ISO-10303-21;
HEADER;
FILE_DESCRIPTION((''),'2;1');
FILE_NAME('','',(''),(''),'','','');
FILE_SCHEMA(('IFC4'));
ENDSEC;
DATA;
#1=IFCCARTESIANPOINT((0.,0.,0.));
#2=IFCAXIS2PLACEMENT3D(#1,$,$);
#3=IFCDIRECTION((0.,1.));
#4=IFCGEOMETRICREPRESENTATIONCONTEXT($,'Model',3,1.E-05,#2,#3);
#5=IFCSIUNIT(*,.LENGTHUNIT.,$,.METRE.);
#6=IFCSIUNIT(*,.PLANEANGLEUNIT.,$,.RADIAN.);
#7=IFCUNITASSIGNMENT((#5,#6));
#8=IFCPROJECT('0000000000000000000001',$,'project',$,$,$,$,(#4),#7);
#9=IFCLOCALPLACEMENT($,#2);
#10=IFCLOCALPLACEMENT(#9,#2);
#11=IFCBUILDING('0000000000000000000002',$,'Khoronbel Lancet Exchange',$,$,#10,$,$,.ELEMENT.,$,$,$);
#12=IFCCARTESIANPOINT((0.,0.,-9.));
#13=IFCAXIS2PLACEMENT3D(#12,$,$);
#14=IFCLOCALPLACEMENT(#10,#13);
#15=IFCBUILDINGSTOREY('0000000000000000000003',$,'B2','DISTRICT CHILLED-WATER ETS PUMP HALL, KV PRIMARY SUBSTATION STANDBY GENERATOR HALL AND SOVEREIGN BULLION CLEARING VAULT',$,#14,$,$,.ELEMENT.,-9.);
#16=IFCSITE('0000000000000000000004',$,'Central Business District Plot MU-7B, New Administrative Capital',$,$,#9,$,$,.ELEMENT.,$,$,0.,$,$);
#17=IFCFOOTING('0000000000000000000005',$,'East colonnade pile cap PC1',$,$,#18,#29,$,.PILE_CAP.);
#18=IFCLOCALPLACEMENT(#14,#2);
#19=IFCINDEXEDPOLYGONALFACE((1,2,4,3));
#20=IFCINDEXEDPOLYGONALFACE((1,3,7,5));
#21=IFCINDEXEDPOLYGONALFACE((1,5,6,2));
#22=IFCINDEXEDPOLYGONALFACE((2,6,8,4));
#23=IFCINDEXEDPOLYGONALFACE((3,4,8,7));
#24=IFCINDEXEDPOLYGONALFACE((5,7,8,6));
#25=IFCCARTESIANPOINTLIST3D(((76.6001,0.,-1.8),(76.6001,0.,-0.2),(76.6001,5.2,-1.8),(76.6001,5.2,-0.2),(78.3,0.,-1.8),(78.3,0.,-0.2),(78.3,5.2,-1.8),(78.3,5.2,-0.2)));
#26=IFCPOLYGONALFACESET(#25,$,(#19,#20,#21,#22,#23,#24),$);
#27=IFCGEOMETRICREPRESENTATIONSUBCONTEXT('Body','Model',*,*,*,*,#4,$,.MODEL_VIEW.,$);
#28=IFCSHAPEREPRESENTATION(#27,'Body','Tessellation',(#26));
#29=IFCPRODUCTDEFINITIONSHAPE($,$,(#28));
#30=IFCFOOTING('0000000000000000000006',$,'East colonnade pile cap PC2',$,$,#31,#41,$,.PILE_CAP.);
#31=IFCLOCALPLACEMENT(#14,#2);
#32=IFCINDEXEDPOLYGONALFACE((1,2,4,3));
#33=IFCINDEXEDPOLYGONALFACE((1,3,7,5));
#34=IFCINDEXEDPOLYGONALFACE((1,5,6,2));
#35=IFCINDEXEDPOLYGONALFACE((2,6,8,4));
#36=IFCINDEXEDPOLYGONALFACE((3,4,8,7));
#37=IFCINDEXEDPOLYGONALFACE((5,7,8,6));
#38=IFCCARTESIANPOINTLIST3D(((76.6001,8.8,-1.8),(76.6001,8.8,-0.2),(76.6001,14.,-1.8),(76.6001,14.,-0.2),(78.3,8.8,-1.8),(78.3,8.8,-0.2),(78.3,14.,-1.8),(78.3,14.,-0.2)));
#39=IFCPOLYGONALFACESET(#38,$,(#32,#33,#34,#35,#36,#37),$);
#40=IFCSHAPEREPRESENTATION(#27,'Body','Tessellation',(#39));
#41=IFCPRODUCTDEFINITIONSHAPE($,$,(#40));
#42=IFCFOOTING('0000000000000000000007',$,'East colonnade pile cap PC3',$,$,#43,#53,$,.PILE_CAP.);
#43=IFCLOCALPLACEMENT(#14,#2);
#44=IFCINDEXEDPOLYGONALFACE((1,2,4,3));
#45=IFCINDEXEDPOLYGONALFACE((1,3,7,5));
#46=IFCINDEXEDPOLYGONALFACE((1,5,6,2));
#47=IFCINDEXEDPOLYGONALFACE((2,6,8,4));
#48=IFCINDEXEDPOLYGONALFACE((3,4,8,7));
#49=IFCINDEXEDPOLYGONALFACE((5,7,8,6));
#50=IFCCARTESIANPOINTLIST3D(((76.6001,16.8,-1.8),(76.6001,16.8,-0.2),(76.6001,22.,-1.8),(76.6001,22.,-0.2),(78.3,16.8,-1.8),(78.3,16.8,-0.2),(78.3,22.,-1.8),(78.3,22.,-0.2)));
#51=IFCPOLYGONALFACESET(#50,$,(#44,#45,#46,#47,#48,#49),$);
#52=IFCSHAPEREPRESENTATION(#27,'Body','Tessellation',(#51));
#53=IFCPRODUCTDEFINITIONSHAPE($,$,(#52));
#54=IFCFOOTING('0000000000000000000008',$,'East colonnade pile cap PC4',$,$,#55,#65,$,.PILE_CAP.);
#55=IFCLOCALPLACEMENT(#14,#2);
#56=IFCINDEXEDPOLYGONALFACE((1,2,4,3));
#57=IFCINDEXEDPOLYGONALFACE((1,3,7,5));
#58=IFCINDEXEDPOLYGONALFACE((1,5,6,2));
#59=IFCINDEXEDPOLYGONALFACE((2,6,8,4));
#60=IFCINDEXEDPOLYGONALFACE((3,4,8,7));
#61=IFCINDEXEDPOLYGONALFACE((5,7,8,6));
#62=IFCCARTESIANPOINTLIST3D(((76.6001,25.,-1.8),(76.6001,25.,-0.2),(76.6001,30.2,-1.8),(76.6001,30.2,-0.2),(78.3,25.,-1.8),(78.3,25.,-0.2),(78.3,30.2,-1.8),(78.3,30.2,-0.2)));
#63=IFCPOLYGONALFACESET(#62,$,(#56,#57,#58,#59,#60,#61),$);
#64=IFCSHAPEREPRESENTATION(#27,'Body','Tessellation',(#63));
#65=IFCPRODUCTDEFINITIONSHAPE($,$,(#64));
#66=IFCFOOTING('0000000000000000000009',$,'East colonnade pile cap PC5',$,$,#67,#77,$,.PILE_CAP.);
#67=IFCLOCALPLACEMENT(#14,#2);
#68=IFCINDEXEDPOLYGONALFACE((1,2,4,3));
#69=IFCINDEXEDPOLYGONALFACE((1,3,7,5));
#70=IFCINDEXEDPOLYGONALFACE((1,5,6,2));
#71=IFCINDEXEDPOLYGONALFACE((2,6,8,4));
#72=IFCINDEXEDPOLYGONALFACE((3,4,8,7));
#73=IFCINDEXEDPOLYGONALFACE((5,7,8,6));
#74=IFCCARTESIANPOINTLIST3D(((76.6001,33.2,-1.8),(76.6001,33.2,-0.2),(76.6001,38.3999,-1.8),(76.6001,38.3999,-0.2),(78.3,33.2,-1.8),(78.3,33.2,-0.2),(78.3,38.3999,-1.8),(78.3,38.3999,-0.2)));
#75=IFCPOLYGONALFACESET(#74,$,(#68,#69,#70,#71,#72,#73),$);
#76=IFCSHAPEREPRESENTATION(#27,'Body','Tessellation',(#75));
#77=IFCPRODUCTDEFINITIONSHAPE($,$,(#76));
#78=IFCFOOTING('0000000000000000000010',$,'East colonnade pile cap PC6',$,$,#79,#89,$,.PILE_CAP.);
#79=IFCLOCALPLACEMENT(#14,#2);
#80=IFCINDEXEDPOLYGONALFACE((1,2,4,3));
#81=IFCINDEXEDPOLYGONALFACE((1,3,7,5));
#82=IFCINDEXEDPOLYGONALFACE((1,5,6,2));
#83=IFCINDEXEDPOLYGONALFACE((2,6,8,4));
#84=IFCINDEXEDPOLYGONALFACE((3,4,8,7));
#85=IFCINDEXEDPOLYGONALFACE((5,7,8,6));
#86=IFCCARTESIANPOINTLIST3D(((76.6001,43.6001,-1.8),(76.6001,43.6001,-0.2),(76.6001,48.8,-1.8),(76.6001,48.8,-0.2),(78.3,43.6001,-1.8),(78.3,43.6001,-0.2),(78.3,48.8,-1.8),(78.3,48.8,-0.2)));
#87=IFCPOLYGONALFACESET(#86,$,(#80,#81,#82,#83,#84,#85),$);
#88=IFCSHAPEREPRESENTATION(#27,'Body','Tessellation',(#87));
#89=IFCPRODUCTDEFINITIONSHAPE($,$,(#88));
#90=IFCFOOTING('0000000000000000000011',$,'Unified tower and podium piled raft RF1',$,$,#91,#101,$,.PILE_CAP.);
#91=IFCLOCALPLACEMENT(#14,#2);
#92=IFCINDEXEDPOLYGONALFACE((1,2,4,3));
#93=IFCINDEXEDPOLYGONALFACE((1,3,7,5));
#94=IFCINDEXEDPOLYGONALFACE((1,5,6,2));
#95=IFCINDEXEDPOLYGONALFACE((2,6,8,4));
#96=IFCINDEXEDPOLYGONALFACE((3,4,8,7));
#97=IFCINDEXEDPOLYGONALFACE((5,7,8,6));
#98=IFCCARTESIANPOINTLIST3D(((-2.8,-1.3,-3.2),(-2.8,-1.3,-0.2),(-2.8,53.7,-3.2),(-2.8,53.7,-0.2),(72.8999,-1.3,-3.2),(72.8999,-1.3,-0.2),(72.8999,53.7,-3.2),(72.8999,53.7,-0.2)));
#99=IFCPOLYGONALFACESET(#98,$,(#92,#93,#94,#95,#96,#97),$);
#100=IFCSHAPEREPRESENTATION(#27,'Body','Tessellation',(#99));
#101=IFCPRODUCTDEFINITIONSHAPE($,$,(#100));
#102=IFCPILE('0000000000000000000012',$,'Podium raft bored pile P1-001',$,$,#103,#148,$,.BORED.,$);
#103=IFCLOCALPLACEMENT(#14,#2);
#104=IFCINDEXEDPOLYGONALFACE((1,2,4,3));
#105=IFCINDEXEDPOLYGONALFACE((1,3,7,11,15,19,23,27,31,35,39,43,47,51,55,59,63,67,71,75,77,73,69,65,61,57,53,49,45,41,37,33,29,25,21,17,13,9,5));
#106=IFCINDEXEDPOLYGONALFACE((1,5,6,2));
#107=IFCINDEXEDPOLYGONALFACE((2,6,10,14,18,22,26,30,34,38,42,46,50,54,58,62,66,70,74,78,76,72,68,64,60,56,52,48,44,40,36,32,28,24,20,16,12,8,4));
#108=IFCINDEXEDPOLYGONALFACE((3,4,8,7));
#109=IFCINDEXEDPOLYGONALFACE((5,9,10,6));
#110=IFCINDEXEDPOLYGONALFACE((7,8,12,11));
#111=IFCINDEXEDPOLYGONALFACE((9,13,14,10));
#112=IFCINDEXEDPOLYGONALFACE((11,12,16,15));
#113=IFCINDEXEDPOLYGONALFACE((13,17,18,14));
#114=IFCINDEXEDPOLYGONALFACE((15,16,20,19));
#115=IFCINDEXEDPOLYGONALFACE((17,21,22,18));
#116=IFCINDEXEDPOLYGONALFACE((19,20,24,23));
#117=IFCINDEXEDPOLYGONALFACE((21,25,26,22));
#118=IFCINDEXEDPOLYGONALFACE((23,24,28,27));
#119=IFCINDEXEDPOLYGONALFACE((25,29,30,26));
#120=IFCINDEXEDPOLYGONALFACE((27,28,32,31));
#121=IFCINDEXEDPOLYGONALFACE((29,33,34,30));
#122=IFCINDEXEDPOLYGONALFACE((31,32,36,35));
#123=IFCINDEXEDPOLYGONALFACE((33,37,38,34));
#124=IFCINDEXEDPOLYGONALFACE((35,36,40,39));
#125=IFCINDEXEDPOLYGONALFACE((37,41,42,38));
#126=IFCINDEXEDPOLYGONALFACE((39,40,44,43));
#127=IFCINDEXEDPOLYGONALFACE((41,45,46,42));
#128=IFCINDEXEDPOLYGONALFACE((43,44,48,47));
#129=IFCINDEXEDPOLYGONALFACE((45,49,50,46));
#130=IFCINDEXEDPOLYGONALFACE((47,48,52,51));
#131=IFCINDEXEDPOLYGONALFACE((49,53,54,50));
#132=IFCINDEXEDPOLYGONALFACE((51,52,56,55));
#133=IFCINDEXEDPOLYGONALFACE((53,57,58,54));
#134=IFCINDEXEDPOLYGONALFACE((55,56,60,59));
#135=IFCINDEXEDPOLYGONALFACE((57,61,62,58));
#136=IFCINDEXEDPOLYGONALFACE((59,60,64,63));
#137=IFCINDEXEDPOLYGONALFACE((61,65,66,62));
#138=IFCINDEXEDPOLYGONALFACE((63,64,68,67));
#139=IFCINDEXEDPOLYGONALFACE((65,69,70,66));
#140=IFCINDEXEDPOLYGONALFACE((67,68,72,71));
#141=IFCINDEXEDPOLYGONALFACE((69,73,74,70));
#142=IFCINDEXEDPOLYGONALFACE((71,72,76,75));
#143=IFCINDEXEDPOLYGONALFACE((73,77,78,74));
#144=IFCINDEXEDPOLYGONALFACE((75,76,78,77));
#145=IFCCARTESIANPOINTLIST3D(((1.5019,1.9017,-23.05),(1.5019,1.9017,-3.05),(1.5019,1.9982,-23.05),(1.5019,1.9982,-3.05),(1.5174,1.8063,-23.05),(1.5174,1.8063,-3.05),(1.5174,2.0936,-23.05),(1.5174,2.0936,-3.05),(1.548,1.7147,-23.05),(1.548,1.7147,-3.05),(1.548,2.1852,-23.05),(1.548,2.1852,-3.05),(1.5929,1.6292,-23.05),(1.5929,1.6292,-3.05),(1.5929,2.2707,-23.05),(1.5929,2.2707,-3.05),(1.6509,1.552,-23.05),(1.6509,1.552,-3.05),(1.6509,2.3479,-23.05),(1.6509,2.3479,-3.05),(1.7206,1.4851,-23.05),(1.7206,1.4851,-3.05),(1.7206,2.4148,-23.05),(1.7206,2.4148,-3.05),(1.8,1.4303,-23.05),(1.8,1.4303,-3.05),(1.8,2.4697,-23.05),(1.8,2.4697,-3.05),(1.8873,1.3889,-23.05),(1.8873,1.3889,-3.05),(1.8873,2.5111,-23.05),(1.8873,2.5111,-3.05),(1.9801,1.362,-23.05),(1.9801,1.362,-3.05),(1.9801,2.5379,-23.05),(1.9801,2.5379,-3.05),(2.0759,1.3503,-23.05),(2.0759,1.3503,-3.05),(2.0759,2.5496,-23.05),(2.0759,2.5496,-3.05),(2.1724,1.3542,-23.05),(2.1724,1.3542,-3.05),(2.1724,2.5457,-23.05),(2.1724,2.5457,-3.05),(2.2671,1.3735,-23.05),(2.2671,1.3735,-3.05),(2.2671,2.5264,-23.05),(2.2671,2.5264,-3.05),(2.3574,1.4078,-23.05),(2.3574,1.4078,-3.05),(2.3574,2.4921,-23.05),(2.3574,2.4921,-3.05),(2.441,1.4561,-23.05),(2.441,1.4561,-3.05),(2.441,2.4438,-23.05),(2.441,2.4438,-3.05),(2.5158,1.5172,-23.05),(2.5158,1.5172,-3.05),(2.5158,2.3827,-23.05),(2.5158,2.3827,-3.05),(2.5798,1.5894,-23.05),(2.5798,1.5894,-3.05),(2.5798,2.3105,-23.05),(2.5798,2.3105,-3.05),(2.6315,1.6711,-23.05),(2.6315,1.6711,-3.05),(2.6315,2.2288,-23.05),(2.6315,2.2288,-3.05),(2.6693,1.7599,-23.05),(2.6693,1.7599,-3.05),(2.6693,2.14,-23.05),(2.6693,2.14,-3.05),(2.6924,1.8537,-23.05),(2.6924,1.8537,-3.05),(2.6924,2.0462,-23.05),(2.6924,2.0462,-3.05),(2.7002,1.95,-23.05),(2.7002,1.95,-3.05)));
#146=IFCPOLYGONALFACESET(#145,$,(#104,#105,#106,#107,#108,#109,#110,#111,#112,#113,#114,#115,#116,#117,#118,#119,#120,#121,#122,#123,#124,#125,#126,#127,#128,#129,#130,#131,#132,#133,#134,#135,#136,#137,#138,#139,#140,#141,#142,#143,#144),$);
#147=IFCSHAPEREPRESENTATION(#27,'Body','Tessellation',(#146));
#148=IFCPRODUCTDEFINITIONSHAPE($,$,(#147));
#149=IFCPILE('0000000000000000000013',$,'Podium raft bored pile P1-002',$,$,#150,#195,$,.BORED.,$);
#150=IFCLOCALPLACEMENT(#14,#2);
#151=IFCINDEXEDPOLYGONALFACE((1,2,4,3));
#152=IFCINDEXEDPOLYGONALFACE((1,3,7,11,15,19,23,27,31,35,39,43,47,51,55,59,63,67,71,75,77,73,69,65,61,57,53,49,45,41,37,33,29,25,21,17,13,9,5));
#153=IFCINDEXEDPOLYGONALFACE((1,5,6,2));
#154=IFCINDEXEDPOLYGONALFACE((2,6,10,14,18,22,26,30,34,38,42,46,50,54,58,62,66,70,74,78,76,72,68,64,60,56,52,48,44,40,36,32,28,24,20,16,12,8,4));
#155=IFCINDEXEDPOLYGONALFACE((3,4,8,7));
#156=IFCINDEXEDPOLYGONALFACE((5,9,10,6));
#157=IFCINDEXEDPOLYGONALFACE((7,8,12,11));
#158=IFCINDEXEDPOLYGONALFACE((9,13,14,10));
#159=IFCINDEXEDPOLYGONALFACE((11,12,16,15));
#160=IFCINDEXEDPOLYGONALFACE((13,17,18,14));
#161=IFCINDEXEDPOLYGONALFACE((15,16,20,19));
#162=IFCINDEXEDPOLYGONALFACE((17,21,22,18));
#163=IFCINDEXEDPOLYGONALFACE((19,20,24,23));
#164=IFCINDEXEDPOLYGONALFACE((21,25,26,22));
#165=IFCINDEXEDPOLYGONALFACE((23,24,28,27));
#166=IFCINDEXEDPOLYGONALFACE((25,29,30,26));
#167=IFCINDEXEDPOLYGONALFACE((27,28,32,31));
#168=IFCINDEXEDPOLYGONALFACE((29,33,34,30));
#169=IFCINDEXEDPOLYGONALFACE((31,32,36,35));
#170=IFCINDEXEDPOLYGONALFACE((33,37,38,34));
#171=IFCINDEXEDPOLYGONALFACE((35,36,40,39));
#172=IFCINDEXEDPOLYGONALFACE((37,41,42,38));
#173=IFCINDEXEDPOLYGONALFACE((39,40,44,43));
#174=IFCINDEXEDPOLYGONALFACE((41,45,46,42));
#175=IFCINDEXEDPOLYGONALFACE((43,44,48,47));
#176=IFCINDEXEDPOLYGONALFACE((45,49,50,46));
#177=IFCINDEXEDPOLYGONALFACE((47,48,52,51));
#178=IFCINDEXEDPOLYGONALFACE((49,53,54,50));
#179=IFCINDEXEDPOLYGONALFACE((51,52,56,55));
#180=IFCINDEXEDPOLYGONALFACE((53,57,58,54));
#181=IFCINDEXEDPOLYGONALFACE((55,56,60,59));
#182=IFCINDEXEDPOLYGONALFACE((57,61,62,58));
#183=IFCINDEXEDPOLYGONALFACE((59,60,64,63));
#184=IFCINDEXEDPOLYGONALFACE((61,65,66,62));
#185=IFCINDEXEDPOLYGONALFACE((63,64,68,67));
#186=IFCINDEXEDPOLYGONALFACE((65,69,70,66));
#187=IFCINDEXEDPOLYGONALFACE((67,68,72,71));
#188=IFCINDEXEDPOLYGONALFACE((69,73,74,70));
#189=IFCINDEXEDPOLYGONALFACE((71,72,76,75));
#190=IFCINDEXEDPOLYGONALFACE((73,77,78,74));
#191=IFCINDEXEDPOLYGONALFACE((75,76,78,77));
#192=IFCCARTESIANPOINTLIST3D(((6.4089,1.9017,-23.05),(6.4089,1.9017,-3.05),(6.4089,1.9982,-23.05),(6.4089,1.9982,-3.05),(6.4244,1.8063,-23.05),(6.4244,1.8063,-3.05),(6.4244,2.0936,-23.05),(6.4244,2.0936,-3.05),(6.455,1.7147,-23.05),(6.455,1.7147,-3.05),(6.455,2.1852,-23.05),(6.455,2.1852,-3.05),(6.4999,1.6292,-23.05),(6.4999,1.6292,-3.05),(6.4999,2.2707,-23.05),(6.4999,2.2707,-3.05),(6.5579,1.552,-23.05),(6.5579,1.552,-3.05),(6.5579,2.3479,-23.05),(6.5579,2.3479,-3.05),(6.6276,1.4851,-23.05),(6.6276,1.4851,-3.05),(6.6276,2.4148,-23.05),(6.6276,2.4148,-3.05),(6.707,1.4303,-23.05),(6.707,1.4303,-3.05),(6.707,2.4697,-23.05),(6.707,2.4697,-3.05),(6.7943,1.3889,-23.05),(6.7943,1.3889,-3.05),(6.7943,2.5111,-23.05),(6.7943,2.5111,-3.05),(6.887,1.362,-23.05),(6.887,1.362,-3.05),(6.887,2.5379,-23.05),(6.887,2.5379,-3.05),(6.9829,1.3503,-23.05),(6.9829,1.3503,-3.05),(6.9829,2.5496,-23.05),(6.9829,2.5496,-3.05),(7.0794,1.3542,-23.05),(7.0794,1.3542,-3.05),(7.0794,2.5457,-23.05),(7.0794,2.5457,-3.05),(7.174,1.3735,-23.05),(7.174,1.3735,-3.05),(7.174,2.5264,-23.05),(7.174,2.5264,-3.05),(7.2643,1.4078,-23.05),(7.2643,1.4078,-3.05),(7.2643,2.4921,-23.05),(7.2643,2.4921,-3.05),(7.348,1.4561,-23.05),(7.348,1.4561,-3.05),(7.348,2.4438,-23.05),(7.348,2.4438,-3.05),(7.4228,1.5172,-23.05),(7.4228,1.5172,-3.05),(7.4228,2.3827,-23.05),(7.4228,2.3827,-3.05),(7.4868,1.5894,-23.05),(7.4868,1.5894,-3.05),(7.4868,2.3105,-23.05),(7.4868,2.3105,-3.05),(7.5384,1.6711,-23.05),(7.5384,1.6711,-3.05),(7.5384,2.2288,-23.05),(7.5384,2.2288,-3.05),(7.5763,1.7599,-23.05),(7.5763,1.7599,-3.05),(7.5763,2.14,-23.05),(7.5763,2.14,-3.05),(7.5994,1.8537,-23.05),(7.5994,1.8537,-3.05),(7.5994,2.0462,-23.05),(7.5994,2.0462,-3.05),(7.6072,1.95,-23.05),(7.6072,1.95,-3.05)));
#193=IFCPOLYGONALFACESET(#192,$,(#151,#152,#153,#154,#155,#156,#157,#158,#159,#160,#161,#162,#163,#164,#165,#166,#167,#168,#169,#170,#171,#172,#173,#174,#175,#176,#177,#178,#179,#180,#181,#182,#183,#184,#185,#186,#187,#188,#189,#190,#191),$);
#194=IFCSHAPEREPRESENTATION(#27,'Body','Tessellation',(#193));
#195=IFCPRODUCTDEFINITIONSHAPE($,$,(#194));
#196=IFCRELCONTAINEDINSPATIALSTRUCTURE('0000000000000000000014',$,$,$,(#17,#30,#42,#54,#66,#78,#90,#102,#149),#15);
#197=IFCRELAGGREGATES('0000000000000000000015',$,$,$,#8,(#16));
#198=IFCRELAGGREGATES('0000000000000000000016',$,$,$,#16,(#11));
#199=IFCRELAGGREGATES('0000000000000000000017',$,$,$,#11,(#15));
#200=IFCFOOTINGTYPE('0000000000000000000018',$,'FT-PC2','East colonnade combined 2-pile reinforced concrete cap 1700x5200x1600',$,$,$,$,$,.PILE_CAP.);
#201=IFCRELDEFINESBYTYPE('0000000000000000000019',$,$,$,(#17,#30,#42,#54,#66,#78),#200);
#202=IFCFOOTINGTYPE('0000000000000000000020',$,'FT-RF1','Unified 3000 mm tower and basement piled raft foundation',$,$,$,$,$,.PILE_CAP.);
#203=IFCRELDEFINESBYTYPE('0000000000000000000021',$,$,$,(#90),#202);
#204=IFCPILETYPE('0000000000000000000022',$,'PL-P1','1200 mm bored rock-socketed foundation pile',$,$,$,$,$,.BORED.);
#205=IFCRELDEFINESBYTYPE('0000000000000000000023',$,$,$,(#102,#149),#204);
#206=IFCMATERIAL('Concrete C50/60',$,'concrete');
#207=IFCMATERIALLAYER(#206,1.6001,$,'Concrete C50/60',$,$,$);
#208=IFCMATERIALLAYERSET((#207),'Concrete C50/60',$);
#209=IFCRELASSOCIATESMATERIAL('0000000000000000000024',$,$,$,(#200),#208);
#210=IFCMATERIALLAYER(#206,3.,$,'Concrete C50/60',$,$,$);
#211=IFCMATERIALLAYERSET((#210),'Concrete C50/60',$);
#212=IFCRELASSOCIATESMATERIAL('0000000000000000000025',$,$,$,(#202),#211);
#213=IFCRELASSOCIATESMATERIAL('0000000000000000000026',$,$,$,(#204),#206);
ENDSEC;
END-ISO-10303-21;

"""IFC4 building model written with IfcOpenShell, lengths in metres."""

from ifc_helpers import new_model, si_unit, direction, frame, origin, origin_2d, place, context, subcontext, project, spatial, polyline, circle, outline, extrude, material, layer, layer_set, material_profile, profile_set, type_object, element, save


model = new_model("IFC4")

# Units and contexts
model_context = context("Model", 3, precision=1e-05, world=origin(), true_north=direction((0.0, 1.0)))
body_context = subcontext(model_context, "Body", "Model", "MODEL_VIEW")
ifc_project = project(units=[si_unit("LENGTHUNIT", "METRE"), si_unit("PLANEANGLEUNIT", "RADIAN")], contexts=[model_context])

# Site, building, storey
site_placement = place(None, origin())
site = spatial("IfcSite", under=ifc_project, at=site_placement, Name="Central Business District Plot MU-7B, New Administrative Capital", CompositionType="ELEMENT", RefElevation=0.0)
building_placement = place(site_placement, origin())
building = spatial("IfcBuilding", under=site, at=building_placement, Name="Khoronbel Lancet Exchange", CompositionType="ELEMENT")
storey_placement = place(building_placement, frame((0.0, 0.0, -9.0)))
storey = spatial("IfcBuildingStorey", under=building, at=storey_placement, Name="B2", Description="DISTRICT CHILLED-WATER ETS PUMP HALL, KV PRIMARY SUBSTATION STANDBY GENERATOR HALL AND SOVEREIGN BULLION CLEARING VAULT", CompositionType="ELEMENT", Elevation=-9.0)

# Footings
ifc_material_1 = material(Name="Concrete C50/60", Category="concrete")
ifc_layer_1 = layer(ifc_material_1, 1.6001, Name="Concrete C50/60")
ifc_layer_set_1 = layer_set([ifc_layer_1], Name="Concrete C50/60")
footing_type_1 = type_object("IfcFootingType", Name="FT-PC2", Description="East colonnade combined 2-pile reinforced concrete cap 1700x5200x1600", PredefinedType="PILE_CAP", material=ifc_layer_set_1)
footing_1_placement = place(storey_placement, frame((0.0, 0.0, -1.8)))
element("IfcFooting", 1, at=footing_1_placement, inside=storey, type_object=footing_type_1, Name="East colonnade pile cap PC1", PredefinedType="PILE_CAP", context=body_context, shape_type="SweptSolid", body=[
    extrude(outline(polyline([(76.6001, 0.0), (78.3, 0.0), (78.3, 5.2), (76.6001, 5.2), (76.6001, 0.0)])), origin(), (0.0, 0.0, 1.0), 1.6001),
])
footing_2_placement = place(storey_placement, frame((0.0, 0.0, -1.8)))
element("IfcFooting", 2, at=footing_2_placement, inside=storey, type_object=footing_type_1, Name="East colonnade pile cap PC2", PredefinedType="PILE_CAP", context=body_context, shape_type="SweptSolid", body=[
    extrude(outline(polyline([(76.6001, 8.8), (78.3, 8.8), (78.3, 14.0), (76.6001, 14.0), (76.6001, 8.8)])), origin(), (0.0, 0.0, 1.0), 1.6001),
])
footing_3_placement = place(storey_placement, frame((0.0, 0.0, -1.8)))
element("IfcFooting", 3, at=footing_3_placement, inside=storey, type_object=footing_type_1, Name="East colonnade pile cap PC3", PredefinedType="PILE_CAP", context=body_context, shape_type="SweptSolid", body=[
    extrude(outline(polyline([(76.6001, 16.8), (78.3, 16.8), (78.3, 22.0), (76.6001, 22.0), (76.6001, 16.8)])), origin(), (0.0, 0.0, 1.0), 1.6001),
])
footing_4_placement = place(storey_placement, frame((0.0, 0.0, -1.8)))
element("IfcFooting", 4, at=footing_4_placement, inside=storey, type_object=footing_type_1, Name="East colonnade pile cap PC4", PredefinedType="PILE_CAP", context=body_context, shape_type="SweptSolid", body=[
    extrude(outline(polyline([(76.6001, 25.0), (78.3, 25.0), (78.3, 30.2), (76.6001, 30.2), (76.6001, 25.0)])), origin(), (0.0, 0.0, 1.0), 1.6001),
])
footing_5_placement = place(storey_placement, frame((0.0, 0.0, -1.8)))
element("IfcFooting", 5, at=footing_5_placement, inside=storey, type_object=footing_type_1, Name="East colonnade pile cap PC5", PredefinedType="PILE_CAP", context=body_context, shape_type="SweptSolid", body=[
    extrude(outline(polyline([(76.6001, 33.2), (78.3, 33.2), (78.3, 38.3999), (76.6001, 38.3999), (76.6001, 33.2)])), origin(), (0.0, 0.0, 1.0), 1.6001),
])
footing_6_placement = place(storey_placement, frame((0.0, 0.0, -1.8)))
element("IfcFooting", 6, at=footing_6_placement, inside=storey, type_object=footing_type_1, Name="East colonnade pile cap PC6", PredefinedType="PILE_CAP", context=body_context, shape_type="SweptSolid", body=[
    extrude(outline(polyline([(76.6001, 43.6001), (78.3, 43.6001), (78.3, 48.8), (76.6001, 48.8), (76.6001, 43.6001)])), origin(), (0.0, 0.0, 1.0), 1.6001),
])
ifc_layer_2 = layer(ifc_material_1, 3.0, Name="Concrete C50/60")
ifc_layer_set_2 = layer_set([ifc_layer_2], Name="Concrete C50/60")
footing_type_2 = type_object("IfcFootingType", Name="FT-RF1", Description="Unified 3000 mm tower and basement piled raft foundation", PredefinedType="PILE_CAP", material=ifc_layer_set_2)
footing_7_placement = place(storey_placement, frame((0.0, 0.0, -3.2)))
element("IfcFooting", 7, at=footing_7_placement, inside=storey, type_object=footing_type_2, Name="Unified tower and podium piled raft RF1", PredefinedType="PILE_CAP", context=body_context, shape_type="SweptSolid", body=[
    extrude(outline(polyline([(-2.8, -1.3), (72.8999, -1.3), (72.8999, 53.7), (-2.8, 53.7), (-2.8, -1.3)])), origin(), (0.0, 0.0, 1.0), 3.0),
])

# Piles
ifc_material_profile_1 = material_profile(ifc_material_1, circle(Radius=0.6001, at=origin_2d()), Name="BORED PILE D1200")
ifc_profile_set_1 = profile_set([ifc_material_profile_1], Name="Concrete C50/60")
pile_type_1 = type_object("IfcPileType", Name="PL-P1", Description="1200 mm bored rock-socketed foundation pile", PredefinedType="BORED", material=ifc_profile_set_1)
for number, where, z_axis, x_axis, name in (
    (8, (2.1001, 1.95, -3.05), (0.0, 0.0, -1.0), (1.0, 0.0, 0.0), "Podium raft bored pile P1-001"),
    (9, (7.0071, 1.95, -3.05), (0.0, 0.0, -1.0), (1.0, 0.0, 0.0), "Podium raft bored pile P1-002"),
):
    element("IfcPile", number, at=place(storey_placement, frame(where, z_axis=z_axis, x_axis=x_axis)), inside=storey, type_object=pile_type_1, Name=name, PredefinedType="BORED", context=body_context, shape_type="SweptSolid", body=[
        extrude(circle(Radius=0.6001, at=origin_2d()), origin(), (0.0, 0.0, 1.0), 20.0),
    ])

save(model, "model.ifc")
